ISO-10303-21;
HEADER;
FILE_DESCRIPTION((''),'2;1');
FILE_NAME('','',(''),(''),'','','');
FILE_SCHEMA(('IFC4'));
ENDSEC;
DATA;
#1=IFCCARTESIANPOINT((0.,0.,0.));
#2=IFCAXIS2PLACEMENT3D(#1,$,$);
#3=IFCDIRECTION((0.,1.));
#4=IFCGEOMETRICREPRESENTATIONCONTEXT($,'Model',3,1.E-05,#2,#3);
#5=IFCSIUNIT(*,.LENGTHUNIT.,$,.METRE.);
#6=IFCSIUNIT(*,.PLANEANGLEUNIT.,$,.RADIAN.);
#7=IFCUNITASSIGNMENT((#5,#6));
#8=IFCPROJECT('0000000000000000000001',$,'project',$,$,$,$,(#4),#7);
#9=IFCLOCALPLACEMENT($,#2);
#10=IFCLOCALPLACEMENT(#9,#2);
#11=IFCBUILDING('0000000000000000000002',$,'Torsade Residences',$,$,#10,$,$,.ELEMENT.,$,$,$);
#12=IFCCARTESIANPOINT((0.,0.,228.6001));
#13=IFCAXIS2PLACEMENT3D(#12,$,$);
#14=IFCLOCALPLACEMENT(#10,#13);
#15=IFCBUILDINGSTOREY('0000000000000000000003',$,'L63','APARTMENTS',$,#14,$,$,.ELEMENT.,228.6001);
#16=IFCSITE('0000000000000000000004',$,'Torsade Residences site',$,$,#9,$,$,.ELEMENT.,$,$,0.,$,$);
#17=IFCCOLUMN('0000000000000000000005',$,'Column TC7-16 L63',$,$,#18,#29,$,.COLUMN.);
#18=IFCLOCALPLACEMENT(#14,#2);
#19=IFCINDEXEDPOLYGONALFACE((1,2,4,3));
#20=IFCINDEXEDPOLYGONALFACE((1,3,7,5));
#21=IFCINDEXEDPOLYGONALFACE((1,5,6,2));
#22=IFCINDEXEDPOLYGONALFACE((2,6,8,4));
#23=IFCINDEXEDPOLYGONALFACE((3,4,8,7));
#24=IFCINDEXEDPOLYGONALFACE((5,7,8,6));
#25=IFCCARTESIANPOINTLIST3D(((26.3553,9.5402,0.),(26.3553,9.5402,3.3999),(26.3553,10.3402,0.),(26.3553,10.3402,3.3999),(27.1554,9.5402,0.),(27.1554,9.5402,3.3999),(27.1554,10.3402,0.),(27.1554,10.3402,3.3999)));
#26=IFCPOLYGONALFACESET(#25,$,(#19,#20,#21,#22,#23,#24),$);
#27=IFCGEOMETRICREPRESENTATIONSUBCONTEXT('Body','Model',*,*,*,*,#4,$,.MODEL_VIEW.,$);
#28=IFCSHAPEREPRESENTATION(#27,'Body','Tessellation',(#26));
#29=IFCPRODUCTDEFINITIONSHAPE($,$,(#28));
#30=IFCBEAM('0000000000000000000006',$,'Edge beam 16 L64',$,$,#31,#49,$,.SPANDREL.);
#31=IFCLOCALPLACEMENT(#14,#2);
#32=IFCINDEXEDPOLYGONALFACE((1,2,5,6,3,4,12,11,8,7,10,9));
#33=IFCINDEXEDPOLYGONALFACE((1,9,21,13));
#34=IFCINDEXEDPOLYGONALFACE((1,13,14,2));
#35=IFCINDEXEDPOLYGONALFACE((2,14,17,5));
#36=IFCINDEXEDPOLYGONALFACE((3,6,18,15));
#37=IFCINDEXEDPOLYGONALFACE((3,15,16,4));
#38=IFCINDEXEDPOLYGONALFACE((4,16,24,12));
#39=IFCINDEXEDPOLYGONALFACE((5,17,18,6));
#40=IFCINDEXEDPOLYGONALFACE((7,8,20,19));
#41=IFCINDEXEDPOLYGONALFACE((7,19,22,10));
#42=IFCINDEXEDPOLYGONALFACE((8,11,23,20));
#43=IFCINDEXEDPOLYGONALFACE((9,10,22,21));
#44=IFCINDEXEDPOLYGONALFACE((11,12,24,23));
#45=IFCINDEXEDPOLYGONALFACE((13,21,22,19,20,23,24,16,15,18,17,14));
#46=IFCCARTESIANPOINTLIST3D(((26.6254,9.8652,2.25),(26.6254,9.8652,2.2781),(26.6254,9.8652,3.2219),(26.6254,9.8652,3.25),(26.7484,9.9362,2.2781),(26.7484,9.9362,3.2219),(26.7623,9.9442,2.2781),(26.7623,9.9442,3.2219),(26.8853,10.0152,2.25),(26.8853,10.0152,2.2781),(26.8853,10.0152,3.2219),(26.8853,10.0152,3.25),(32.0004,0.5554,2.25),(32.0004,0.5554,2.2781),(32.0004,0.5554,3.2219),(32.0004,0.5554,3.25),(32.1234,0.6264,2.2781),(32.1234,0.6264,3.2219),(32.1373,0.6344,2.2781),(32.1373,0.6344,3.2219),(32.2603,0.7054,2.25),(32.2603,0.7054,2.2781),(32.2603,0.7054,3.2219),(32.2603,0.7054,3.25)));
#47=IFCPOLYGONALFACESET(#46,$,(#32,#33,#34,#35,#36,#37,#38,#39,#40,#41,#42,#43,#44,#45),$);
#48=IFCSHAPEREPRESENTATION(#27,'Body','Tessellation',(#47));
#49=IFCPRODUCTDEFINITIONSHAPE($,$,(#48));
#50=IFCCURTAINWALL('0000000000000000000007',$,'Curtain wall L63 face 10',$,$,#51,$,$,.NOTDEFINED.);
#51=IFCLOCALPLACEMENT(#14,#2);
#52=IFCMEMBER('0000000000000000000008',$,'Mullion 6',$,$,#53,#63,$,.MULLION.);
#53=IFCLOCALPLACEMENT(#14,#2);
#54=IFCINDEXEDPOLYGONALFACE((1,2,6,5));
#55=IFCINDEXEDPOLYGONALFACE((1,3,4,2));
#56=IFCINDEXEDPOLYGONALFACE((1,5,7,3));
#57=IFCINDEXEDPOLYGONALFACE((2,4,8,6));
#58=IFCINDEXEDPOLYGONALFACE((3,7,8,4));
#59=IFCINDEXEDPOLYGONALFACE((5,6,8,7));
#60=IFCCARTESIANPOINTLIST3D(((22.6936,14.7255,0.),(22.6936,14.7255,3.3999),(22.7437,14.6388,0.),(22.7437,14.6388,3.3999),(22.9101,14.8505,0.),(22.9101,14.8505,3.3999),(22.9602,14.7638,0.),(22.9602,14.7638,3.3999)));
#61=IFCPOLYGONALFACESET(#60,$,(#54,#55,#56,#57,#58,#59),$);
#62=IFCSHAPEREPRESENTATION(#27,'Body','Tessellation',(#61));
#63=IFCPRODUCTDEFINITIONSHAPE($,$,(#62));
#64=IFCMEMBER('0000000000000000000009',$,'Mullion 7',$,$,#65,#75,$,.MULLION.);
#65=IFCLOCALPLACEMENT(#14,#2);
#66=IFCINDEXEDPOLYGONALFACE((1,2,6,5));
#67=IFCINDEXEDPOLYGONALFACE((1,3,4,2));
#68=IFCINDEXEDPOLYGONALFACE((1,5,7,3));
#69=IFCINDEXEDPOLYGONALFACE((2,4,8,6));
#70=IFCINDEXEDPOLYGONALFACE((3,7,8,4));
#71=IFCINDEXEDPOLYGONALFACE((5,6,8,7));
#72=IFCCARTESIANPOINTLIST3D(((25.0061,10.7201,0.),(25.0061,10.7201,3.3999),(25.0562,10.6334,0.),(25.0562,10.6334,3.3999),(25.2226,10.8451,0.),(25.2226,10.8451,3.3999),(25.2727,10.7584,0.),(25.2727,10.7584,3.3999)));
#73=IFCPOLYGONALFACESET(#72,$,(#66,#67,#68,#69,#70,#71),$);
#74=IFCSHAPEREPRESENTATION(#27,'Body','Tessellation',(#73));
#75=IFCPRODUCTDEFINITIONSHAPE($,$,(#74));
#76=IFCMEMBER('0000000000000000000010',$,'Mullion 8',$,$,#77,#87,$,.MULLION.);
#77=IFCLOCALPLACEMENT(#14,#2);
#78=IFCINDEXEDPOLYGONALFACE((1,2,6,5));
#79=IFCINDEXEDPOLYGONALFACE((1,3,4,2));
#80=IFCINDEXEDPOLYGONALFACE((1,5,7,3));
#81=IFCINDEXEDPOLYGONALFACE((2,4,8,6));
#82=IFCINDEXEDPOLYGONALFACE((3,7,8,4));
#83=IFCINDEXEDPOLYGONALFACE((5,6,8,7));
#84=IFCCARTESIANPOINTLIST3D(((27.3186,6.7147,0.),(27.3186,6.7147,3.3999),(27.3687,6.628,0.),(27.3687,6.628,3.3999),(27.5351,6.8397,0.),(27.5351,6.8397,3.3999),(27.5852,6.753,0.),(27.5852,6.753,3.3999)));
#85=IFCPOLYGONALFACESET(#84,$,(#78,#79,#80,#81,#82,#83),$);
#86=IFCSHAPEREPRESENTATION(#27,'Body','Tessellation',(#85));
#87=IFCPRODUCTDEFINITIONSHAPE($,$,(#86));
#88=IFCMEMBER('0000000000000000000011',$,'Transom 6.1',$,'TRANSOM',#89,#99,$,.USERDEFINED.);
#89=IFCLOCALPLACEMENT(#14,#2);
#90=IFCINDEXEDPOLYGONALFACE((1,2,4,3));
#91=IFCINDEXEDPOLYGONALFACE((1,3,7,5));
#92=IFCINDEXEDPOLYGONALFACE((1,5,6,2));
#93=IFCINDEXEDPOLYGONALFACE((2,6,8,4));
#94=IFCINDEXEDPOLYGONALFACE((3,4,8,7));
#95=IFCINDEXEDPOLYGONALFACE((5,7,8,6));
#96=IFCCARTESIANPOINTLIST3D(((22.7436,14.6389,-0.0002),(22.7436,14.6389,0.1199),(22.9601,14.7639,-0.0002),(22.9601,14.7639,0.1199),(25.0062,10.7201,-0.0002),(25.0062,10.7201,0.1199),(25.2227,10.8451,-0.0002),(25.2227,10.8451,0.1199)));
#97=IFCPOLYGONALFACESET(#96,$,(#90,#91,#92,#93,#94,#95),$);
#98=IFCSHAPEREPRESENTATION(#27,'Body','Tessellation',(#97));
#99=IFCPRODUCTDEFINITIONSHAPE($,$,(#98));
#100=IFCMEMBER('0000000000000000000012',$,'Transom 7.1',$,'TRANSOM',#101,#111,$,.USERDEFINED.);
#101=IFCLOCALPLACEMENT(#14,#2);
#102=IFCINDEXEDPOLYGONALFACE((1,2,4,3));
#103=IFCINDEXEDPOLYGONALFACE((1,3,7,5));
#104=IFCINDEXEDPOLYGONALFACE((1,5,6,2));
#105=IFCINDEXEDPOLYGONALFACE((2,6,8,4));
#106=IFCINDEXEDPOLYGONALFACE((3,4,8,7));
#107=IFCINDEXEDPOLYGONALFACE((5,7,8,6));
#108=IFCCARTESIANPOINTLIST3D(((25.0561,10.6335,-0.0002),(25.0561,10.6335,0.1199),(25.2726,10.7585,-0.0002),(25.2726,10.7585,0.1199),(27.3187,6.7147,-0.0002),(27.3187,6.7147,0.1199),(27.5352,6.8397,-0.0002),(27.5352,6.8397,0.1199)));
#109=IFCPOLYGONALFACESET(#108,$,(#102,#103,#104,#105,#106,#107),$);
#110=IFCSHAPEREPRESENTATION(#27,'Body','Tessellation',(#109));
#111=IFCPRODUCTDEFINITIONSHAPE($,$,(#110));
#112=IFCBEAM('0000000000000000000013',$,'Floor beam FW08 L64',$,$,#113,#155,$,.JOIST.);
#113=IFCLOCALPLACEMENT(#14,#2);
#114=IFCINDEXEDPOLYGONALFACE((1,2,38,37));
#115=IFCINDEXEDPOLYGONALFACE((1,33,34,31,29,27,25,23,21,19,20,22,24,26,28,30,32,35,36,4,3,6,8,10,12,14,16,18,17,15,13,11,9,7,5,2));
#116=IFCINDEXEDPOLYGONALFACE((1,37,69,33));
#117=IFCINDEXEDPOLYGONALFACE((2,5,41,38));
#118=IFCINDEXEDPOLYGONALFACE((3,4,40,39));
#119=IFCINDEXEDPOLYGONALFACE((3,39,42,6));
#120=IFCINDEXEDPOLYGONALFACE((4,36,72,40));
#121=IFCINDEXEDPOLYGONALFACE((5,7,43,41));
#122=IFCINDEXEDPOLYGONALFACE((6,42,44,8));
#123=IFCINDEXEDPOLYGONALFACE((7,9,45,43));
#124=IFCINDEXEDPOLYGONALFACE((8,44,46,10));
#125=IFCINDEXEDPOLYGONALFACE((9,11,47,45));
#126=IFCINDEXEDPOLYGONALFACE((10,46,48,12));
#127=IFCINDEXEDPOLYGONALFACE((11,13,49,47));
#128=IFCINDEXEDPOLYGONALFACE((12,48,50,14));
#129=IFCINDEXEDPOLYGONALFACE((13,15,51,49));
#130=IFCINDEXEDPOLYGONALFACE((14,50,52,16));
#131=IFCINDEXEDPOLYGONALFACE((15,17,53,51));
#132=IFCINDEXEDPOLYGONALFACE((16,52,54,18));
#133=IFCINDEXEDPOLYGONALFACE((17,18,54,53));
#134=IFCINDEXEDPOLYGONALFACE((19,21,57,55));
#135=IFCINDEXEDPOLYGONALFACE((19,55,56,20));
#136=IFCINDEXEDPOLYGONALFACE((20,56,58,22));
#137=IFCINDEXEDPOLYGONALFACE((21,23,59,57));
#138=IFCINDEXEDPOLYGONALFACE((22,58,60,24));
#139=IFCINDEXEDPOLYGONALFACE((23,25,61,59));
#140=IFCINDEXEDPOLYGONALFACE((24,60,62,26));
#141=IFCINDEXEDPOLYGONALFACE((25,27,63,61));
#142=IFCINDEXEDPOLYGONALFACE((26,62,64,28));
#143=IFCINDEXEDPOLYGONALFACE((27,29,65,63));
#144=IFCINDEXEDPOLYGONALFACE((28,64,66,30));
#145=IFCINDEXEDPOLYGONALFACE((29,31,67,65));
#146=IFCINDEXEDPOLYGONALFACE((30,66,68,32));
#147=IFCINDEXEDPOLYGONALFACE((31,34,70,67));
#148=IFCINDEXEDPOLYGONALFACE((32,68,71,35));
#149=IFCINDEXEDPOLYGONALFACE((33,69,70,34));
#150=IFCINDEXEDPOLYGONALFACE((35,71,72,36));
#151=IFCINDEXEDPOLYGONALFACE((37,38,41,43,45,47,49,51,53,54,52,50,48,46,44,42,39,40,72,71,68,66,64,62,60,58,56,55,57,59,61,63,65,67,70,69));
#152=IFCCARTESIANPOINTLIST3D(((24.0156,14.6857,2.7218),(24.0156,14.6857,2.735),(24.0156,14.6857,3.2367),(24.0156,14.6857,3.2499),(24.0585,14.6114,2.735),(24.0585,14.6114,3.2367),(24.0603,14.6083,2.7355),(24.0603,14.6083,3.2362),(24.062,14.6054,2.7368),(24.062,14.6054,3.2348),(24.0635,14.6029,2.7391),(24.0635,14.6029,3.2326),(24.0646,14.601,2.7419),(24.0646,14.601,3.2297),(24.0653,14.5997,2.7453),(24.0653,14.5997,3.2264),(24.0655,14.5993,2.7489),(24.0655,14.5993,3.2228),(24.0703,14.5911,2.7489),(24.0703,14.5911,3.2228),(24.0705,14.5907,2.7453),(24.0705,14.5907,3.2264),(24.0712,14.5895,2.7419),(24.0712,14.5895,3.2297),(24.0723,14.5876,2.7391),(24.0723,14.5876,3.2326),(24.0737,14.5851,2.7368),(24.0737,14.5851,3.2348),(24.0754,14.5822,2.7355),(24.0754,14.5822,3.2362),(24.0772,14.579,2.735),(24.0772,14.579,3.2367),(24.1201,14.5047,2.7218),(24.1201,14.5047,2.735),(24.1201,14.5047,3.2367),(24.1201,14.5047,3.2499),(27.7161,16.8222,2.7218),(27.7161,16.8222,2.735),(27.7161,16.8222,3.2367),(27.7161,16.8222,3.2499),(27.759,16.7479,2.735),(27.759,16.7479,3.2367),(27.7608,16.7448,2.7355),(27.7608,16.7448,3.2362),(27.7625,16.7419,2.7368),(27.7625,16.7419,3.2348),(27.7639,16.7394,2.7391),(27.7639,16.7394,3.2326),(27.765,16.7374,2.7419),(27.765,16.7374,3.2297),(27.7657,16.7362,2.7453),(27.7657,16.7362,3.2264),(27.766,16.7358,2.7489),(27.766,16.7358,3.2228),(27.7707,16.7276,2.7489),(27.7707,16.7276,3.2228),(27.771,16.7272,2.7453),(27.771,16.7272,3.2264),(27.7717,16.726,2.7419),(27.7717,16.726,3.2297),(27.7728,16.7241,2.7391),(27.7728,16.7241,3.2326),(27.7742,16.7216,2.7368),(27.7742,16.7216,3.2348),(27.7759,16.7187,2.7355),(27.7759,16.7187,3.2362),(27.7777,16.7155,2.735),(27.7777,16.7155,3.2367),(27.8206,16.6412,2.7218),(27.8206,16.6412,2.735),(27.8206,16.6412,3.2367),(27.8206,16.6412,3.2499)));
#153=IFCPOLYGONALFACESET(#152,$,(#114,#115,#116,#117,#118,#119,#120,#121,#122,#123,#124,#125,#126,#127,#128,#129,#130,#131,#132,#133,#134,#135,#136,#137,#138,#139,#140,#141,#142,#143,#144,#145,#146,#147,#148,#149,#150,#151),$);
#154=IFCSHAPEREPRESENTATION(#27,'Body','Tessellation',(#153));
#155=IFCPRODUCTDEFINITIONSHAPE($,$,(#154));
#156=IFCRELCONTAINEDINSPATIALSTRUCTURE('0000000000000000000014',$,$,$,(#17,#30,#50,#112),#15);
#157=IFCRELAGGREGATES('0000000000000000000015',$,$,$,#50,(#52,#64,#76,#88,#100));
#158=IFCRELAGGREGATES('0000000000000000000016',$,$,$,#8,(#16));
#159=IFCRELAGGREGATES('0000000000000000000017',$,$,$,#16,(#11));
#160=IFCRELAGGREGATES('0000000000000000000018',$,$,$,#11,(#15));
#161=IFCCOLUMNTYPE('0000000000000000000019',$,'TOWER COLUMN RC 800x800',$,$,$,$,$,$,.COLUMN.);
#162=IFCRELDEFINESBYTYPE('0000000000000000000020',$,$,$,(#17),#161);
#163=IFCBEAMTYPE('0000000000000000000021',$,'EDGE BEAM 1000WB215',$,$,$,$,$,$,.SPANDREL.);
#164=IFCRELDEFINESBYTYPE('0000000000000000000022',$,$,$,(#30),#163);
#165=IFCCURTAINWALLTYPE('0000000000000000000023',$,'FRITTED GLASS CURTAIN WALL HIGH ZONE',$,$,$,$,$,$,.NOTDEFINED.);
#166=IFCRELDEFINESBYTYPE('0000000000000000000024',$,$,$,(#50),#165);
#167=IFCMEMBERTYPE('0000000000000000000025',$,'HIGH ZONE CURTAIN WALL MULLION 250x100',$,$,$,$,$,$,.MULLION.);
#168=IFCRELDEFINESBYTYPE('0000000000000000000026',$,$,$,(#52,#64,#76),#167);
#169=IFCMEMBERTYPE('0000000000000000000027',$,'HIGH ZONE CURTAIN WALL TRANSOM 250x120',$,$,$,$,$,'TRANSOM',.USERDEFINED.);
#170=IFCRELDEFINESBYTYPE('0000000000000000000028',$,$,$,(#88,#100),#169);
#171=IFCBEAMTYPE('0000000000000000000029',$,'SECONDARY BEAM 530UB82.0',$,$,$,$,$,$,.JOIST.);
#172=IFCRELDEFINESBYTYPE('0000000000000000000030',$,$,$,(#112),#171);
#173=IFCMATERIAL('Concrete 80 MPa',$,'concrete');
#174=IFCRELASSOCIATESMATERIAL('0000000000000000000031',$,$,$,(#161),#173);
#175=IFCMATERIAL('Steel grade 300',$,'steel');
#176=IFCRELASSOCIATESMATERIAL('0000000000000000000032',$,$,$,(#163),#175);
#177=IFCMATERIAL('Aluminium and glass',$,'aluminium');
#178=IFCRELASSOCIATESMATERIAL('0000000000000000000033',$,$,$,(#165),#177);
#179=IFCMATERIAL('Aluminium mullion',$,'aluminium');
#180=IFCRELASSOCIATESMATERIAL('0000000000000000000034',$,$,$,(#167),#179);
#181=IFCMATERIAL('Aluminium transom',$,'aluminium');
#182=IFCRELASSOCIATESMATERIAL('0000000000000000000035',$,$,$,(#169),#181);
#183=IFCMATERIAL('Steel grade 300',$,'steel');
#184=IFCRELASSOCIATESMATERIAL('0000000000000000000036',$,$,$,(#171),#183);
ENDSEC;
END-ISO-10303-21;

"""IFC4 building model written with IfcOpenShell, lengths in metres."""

from ifc_helpers import new_model, si_unit, direction, frame, origin, origin_2d, place, context, subcontext, project, spatial, rectangle, i_section, extrude, material, material_profile, profile_set, type_object, element, aggregate, save


model = new_model("IFC4")

# Units and contexts
model_context = context("Model", 3, precision=1e-05, world=origin(), true_north=direction((0.0, 1.0)))
body_context = subcontext(model_context, "Body", "Model", "MODEL_VIEW")
ifc_project = project(units=[si_unit("LENGTHUNIT", "METRE"), si_unit("PLANEANGLEUNIT", "RADIAN")], contexts=[model_context])

# Site, building, storey
site_placement = place(None, origin())
site = spatial("IfcSite", under=ifc_project, at=site_placement, Name="Torsade Residences site", CompositionType="ELEMENT", RefElevation=0.0)
building_placement = place(site_placement, origin())
building = spatial("IfcBuilding", under=site, at=building_placement, Name="Torsade Residences", CompositionType="ELEMENT")
storey_placement = place(building_placement, frame((0.0, 0.0, 228.6001)))
storey = spatial("IfcBuildingStorey", under=building, at=storey_placement, Name="L63", Description="APARTMENTS", CompositionType="ELEMENT", Elevation=228.6001)

# Column
ifc_material_1 = material(Name="Concrete 80 MPa", Category="concrete")
ifc_material_profile_1 = material_profile(ifc_material_1, rectangle(XDim=0.8, YDim=0.8, at=origin_2d()), Name="RC 800x800")
ifc_profile_set_1 = profile_set([ifc_material_profile_1], Name="Concrete 80 MPa")
column_type = type_object("IfcColumnType", Name="TOWER COLUMN RC 800x800", PredefinedType="COLUMN", material=ifc_profile_set_1)
column_placement = place(storey_placement, frame((26.7554, 9.9402, 0.0), z_axis=(0.0, 0.0, 1.0), x_axis=(1.0, 0.0, 0.0)))
element("IfcColumn", 1, at=column_placement, inside=storey, type_object=column_type, Name="Column TC7-16 L63", PredefinedType="COLUMN", context=body_context, shape_type="SweptSolid", body=[
    extrude(rectangle(XDim=0.8, YDim=0.8, at=origin_2d()), origin(), (0.0, 0.0, 1.0), 3.3999),
])

# Beam
ifc_material_2 = material(Name="Steel grade 300", Category="steel")
ifc_material_profile_2 = material_profile(ifc_material_2, i_section(OverallWidth=0.3, OverallDepth=1.0, WebThickness=0.0161, FlangeThickness=0.0281, at=origin_2d()), Name="1000WB215")
ifc_profile_set_2 = profile_set([ifc_material_profile_2], Name="Steel grade 300")
beam_type_1 = type_object("IfcBeamType", Name="EDGE BEAM 1000WB215", PredefinedType="SPANDREL", material=ifc_profile_set_2)
beam_1_placement = place(storey_placement, frame((26.7554, 9.9402, 2.75), z_axis=(0.499998, -0.866026, 0.0), x_axis=(0.866026, 0.499998, 0.0)))
element("IfcBeam", 2, at=beam_1_placement, inside=storey, type_object=beam_type_1, Name="Edge beam 16 L64", PredefinedType="SPANDREL", context=body_context, shape_type="SweptSolid", body=[
    extrude(i_section(OverallWidth=0.3, OverallDepth=1.0, WebThickness=0.0161, FlangeThickness=0.0281, at=origin_2d()), origin(), (0.0, 0.0, 1.0), 10.75),
])

# Curtain wall, members
ifc_material_3 = material(Name="Aluminium and glass", Category="aluminium")
curtain_wall_type = type_object("IfcCurtainWallType", Name="FRITTED GLASS CURTAIN WALL HIGH ZONE", PredefinedType="NOTDEFINED", material=ifc_material_3)
curtain_wall_placement = place(storey_placement, origin())
curtain_wall = element("IfcCurtainWall", 3, at=curtain_wall_placement, inside=storey, type_object=curtain_wall_type, Name="Curtain wall L63 face 10", PredefinedType="NOTDEFINED")
ifc_material_4 = material(Name="Aluminium mullion", Category="aluminium")
ifc_material_profile_3 = material_profile(ifc_material_4, rectangle(XDim=0.25, YDim=0.1001, at=origin_2d()), Name="HIGH ZONE CURTAIN WALL MULLION 250x100")
ifc_profile_set_3 = profile_set([ifc_material_profile_3], Name="Aluminium mullion")
member_type_1 = type_object("IfcMemberType", Name="HIGH ZONE CURTAIN WALL MULLION 250x100", PredefinedType="MULLION", material=ifc_profile_set_3)
member_1_placement = place(storey_placement, frame((22.8269, 14.7446, 0.0), z_axis=(0.0, 0.0, 1.0), x_axis=(0.866025, 0.5, 0.0)))
member_1 = element("IfcMember", 4, at=member_1_placement, type_object=member_type_1, Name="Mullion 6", PredefinedType="MULLION", context=body_context, shape_type="SweptSolid", body=[
    extrude(rectangle(XDim=0.25, YDim=0.1001, at=origin_2d()), origin(), (0.0, 0.0, 1.0), 3.3999),
])
member_2_placement = place(storey_placement, frame((25.1394, 10.7393, 0.0), z_axis=(0.0, 0.0, 1.0), x_axis=(0.866025, 0.5, 0.0)))
member_2 = element("IfcMember", 5, at=member_2_placement, type_object=member_type_1, Name="Mullion 7", PredefinedType="MULLION", context=body_context, shape_type="SweptSolid", body=[
    extrude(rectangle(XDim=0.25, YDim=0.1001, at=origin_2d()), origin(), (0.0, 0.0, 1.0), 3.3999),
])
member_3_placement = place(storey_placement, frame((27.4519, 6.7339, 0.0), z_axis=(0.0, 0.0, 1.0), x_axis=(0.866025, 0.5, 0.0)))
member_3 = element("IfcMember", 6, at=member_3_placement, type_object=member_type_1, Name="Mullion 8", PredefinedType="MULLION", context=body_context, shape_type="SweptSolid", body=[
    extrude(rectangle(XDim=0.25, YDim=0.1001, at=origin_2d()), origin(), (0.0, 0.0, 1.0), 3.3999),
])
ifc_material_5 = material(Name="Aluminium transom", Category="aluminium")
ifc_material_profile_4 = material_profile(ifc_material_5, rectangle(XDim=0.25, YDim=0.1201, at=origin_2d()), Name="HIGH ZONE CURTAIN WALL TRANSOM 250x120")
ifc_profile_set_4 = profile_set([ifc_material_profile_4], Name="Aluminium transom")
member_type_2 = type_object("IfcMemberType", Name="HIGH ZONE CURTAIN WALL TRANSOM 250x120", ElementType="TRANSOM", PredefinedType="USERDEFINED", material=ifc_profile_set_4)
member_4_placement = place(storey_placement, frame((22.8518, 14.7014, 0.0598), z_axis=(0.500015, -0.866017, 0.0), x_axis=(0.866017, 0.500015, 0.0)))
member_4 = element("IfcMember", 7, at=member_4_placement, type_object=member_type_2, Name="Transom 6.1", ObjectType="TRANSOM", PredefinedType="USERDEFINED", context=body_context, shape_type="SweptSolid", body=[
    extrude(rectangle(XDim=0.25, YDim=0.1201, at=origin_2d()), origin(), (0.0, 0.0, 1.0), 4.5251),
])
member_5_placement = place(storey_placement, frame((25.1643, 10.696, 0.0598), z_axis=(0.500015, -0.866017, 0.0), x_axis=(0.866017, 0.500015, 0.0)))
member_5 = element("IfcMember", 8, at=member_5_placement, type_object=member_type_2, Name="Transom 7.1", ObjectType="TRANSOM", PredefinedType="USERDEFINED", context=body_context, shape_type="SweptSolid", body=[
    extrude(rectangle(XDim=0.25, YDim=0.1201, at=origin_2d()), origin(), (0.0, 0.0, 1.0), 4.5251),
])

# Beam
ifc_material_6 = material(Name="Steel grade 300", Category="steel")
ifc_material_profile_5 = material_profile(ifc_material_6, i_section(OverallWidth=0.209, OverallDepth=0.5281, WebThickness=0.0095, FlangeThickness=0.0132, FilletRadius=0.0139, at=origin_2d()), Name="530UB82.0")
ifc_profile_set_5 = profile_set([ifc_material_profile_5], Name="Steel grade 300")
beam_type_2 = type_object("IfcBeamType", Name="SECONDARY BEAM 530UB82.0", PredefinedType="JOIST", material=ifc_profile_set_5)
beam_2_placement = place(storey_placement, frame((24.0679, 14.5952, 2.9858), z_axis=(0.866023, 0.500004, 0.0), x_axis=(-0.500004, 0.866023, 0.0)))
element("IfcBeam", 9, at=beam_2_placement, inside=storey, type_object=beam_type_2, Name="Floor beam FW08 L64", PredefinedType="JOIST", context=body_context, shape_type="SweptSolid", body=[
    extrude(i_section(OverallWidth=0.209, OverallDepth=0.5281, WebThickness=0.0095, FlangeThickness=0.0132, FilletRadius=0.0139, at=origin_2d()), origin(), (0.0, 0.0, 1.0), 4.2729),
])

aggregate(curtain_wall, [member_1, member_2, member_3, member_4, member_5])

save(model, "model.ifc")
